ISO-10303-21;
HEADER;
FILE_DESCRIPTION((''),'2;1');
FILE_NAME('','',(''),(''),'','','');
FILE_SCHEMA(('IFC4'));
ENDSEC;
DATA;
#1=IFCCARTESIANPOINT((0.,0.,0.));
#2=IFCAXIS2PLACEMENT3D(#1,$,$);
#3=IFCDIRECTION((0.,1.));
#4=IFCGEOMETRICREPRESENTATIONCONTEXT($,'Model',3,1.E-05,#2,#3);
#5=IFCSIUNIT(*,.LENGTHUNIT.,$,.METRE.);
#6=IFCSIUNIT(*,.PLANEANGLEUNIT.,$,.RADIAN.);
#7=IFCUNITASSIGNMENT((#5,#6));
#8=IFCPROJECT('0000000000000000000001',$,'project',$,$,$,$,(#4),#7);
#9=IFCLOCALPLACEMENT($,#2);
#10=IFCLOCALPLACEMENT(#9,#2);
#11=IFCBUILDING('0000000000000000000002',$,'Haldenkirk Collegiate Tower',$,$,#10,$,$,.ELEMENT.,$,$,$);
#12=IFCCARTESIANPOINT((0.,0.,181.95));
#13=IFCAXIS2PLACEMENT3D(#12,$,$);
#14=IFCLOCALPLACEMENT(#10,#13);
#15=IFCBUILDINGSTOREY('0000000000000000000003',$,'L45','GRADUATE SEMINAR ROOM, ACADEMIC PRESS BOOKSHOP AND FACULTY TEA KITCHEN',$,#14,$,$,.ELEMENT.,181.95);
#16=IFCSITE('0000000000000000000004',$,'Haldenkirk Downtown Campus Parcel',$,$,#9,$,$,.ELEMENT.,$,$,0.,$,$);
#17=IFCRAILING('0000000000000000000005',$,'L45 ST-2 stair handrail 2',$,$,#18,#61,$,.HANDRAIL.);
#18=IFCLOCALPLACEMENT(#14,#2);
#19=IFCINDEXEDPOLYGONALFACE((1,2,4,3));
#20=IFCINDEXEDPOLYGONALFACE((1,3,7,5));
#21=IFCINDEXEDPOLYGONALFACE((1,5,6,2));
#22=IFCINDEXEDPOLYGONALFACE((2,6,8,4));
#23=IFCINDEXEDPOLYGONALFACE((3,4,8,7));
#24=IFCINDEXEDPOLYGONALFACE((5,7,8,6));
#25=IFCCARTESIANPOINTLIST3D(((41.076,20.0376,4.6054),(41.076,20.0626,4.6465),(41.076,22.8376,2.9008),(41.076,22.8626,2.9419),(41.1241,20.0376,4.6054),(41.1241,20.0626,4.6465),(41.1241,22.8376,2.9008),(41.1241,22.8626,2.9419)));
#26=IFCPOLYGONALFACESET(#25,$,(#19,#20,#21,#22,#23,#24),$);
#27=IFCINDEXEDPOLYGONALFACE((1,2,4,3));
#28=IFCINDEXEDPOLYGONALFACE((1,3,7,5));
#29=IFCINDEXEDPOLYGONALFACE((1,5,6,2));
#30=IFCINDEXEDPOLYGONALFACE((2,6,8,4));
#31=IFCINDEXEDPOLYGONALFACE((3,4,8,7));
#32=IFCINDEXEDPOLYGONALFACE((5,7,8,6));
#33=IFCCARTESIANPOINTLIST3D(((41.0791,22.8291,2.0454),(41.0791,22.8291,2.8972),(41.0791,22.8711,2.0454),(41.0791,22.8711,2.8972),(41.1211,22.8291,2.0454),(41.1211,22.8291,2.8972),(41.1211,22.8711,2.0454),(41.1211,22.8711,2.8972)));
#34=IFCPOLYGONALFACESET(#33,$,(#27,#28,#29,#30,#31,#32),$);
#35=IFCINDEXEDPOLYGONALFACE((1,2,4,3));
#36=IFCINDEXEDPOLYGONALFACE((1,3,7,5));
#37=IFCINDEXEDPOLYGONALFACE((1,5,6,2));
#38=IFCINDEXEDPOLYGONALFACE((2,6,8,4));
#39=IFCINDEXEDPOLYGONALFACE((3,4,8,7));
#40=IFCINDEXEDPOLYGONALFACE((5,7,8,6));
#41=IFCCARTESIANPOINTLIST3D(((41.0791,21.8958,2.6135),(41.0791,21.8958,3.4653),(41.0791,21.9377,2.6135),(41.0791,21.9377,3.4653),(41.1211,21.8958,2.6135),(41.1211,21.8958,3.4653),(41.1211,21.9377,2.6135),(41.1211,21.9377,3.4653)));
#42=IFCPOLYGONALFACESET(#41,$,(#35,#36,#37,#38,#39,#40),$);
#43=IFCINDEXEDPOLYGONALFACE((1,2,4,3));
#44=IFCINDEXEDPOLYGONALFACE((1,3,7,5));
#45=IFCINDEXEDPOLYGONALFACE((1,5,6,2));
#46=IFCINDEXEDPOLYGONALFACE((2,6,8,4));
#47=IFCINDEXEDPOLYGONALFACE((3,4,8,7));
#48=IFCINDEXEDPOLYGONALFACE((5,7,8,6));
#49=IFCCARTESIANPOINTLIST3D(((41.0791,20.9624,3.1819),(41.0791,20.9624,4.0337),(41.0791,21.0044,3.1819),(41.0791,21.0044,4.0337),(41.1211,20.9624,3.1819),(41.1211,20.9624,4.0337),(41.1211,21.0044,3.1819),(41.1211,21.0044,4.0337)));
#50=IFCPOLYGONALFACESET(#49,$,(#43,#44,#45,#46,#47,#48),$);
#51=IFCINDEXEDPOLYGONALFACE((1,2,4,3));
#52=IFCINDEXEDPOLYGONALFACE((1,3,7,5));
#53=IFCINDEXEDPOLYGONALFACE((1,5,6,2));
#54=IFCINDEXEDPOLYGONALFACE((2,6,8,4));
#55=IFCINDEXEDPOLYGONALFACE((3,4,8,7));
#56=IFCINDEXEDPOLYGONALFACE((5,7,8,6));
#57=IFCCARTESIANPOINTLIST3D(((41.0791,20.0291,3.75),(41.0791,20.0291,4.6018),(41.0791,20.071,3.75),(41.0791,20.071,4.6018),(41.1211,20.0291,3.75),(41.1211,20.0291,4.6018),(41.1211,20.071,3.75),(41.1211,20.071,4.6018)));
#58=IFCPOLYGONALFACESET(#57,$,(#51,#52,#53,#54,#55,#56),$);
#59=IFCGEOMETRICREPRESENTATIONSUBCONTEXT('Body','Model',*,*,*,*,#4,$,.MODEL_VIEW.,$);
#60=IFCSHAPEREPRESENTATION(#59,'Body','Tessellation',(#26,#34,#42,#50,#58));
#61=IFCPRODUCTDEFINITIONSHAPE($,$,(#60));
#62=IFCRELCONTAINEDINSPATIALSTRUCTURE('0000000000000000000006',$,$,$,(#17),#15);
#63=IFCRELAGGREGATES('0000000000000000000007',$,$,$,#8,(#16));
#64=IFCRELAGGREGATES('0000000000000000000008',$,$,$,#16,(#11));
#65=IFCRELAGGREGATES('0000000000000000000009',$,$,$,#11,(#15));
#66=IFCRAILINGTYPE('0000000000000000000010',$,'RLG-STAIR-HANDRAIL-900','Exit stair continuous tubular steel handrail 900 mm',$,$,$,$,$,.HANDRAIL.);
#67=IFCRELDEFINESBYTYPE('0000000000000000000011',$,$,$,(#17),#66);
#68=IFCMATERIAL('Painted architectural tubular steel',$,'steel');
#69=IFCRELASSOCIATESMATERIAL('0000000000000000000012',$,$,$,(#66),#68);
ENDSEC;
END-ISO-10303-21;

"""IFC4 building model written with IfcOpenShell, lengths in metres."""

from ifc_helpers import new_model, si_unit, direction, frame, origin, origin_2d, place, context, subcontext, project, spatial, rectangle, extrude, material, type_object, element, save


model = new_model("IFC4")

# Units and contexts
model_context = context("Model", 3, precision=1e-05, world=origin(), true_north=direction((0.0, 1.0)))
body_context = subcontext(model_context, "Body", "Model", "MODEL_VIEW")
ifc_project = project(units=[si_unit("LENGTHUNIT", "METRE"), si_unit("PLANEANGLEUNIT", "RADIAN")], contexts=[model_context])

# Site, building, storey
site_placement = place(None, origin())
site = spatial("IfcSite", under=ifc_project, at=site_placement, Name="Haldenkirk Downtown Campus Parcel", CompositionType="ELEMENT", RefElevation=0.0)
building_placement = place(site_placement, origin())
building = spatial("IfcBuilding", under=site, at=building_placement, Name="Haldenkirk Collegiate Tower", CompositionType="ELEMENT")
storey_placement = place(building_placement, frame((0.0, 0.0, 181.95)))
storey = spatial("IfcBuildingStorey", under=building, at=storey_placement, Name="L45", Description="GRADUATE SEMINAR ROOM, ACADEMIC PRESS BOOKSHOP AND FACULTY TEA KITCHEN", CompositionType="ELEMENT", Elevation=181.95)

# Railing
ifc_material_1 = material(Name="Painted architectural tubular steel", Category="steel")
railing_type_1 = type_object("IfcRailingType", Name="RLG-STAIR-HANDRAIL-900", Description="Exit stair continuous tubular steel handrail 900 mm", PredefinedType="HANDRAIL", material=ifc_material_1)
railing_1_placement = place(storey_placement, frame((41.1001, 22.8501, 2.0454)))
element("IfcRailing", 1, at=railing_1_placement, inside=storey, type_object=railing_type_1, Name="L45 ST-2 stair handrail 2", PredefinedType="HANDRAIL", context=body_context, shape_type="SweptSolid", body=[
    extrude(rectangle(XDim=0.0481, YDim=0.0481, at=origin_2d()), frame((0.0, 0.0, 0.876), z_axis=(0.0, -0.85417, 0.519994), x_axis=(1.0, 0.0, 0.0)), (0.0, 0.0, 1.0), 3.2781),
    extrude(rectangle(XDim=0.042, YDim=0.042, at=origin_2d()), origin(), (0.0, 0.0, 1.0), 0.8518),
    extrude(rectangle(XDim=0.042, YDim=0.042, at=origin_2d()), frame((0.0, -0.9333, 0.5681)), (0.0, 0.0, 1.0), 0.8518),
    extrude(rectangle(XDim=0.042, YDim=0.042, at=origin_2d()), frame((0.0, -1.8667, 1.1365)), (0.0, 0.0, 1.0), 0.8518),
    extrude(rectangle(XDim=0.042, YDim=0.042, at=origin_2d()), frame((0.0, -2.8, 1.7046)), (0.0, 0.0, 1.0), 0.8518),
])

save(model, "model.ifc")
